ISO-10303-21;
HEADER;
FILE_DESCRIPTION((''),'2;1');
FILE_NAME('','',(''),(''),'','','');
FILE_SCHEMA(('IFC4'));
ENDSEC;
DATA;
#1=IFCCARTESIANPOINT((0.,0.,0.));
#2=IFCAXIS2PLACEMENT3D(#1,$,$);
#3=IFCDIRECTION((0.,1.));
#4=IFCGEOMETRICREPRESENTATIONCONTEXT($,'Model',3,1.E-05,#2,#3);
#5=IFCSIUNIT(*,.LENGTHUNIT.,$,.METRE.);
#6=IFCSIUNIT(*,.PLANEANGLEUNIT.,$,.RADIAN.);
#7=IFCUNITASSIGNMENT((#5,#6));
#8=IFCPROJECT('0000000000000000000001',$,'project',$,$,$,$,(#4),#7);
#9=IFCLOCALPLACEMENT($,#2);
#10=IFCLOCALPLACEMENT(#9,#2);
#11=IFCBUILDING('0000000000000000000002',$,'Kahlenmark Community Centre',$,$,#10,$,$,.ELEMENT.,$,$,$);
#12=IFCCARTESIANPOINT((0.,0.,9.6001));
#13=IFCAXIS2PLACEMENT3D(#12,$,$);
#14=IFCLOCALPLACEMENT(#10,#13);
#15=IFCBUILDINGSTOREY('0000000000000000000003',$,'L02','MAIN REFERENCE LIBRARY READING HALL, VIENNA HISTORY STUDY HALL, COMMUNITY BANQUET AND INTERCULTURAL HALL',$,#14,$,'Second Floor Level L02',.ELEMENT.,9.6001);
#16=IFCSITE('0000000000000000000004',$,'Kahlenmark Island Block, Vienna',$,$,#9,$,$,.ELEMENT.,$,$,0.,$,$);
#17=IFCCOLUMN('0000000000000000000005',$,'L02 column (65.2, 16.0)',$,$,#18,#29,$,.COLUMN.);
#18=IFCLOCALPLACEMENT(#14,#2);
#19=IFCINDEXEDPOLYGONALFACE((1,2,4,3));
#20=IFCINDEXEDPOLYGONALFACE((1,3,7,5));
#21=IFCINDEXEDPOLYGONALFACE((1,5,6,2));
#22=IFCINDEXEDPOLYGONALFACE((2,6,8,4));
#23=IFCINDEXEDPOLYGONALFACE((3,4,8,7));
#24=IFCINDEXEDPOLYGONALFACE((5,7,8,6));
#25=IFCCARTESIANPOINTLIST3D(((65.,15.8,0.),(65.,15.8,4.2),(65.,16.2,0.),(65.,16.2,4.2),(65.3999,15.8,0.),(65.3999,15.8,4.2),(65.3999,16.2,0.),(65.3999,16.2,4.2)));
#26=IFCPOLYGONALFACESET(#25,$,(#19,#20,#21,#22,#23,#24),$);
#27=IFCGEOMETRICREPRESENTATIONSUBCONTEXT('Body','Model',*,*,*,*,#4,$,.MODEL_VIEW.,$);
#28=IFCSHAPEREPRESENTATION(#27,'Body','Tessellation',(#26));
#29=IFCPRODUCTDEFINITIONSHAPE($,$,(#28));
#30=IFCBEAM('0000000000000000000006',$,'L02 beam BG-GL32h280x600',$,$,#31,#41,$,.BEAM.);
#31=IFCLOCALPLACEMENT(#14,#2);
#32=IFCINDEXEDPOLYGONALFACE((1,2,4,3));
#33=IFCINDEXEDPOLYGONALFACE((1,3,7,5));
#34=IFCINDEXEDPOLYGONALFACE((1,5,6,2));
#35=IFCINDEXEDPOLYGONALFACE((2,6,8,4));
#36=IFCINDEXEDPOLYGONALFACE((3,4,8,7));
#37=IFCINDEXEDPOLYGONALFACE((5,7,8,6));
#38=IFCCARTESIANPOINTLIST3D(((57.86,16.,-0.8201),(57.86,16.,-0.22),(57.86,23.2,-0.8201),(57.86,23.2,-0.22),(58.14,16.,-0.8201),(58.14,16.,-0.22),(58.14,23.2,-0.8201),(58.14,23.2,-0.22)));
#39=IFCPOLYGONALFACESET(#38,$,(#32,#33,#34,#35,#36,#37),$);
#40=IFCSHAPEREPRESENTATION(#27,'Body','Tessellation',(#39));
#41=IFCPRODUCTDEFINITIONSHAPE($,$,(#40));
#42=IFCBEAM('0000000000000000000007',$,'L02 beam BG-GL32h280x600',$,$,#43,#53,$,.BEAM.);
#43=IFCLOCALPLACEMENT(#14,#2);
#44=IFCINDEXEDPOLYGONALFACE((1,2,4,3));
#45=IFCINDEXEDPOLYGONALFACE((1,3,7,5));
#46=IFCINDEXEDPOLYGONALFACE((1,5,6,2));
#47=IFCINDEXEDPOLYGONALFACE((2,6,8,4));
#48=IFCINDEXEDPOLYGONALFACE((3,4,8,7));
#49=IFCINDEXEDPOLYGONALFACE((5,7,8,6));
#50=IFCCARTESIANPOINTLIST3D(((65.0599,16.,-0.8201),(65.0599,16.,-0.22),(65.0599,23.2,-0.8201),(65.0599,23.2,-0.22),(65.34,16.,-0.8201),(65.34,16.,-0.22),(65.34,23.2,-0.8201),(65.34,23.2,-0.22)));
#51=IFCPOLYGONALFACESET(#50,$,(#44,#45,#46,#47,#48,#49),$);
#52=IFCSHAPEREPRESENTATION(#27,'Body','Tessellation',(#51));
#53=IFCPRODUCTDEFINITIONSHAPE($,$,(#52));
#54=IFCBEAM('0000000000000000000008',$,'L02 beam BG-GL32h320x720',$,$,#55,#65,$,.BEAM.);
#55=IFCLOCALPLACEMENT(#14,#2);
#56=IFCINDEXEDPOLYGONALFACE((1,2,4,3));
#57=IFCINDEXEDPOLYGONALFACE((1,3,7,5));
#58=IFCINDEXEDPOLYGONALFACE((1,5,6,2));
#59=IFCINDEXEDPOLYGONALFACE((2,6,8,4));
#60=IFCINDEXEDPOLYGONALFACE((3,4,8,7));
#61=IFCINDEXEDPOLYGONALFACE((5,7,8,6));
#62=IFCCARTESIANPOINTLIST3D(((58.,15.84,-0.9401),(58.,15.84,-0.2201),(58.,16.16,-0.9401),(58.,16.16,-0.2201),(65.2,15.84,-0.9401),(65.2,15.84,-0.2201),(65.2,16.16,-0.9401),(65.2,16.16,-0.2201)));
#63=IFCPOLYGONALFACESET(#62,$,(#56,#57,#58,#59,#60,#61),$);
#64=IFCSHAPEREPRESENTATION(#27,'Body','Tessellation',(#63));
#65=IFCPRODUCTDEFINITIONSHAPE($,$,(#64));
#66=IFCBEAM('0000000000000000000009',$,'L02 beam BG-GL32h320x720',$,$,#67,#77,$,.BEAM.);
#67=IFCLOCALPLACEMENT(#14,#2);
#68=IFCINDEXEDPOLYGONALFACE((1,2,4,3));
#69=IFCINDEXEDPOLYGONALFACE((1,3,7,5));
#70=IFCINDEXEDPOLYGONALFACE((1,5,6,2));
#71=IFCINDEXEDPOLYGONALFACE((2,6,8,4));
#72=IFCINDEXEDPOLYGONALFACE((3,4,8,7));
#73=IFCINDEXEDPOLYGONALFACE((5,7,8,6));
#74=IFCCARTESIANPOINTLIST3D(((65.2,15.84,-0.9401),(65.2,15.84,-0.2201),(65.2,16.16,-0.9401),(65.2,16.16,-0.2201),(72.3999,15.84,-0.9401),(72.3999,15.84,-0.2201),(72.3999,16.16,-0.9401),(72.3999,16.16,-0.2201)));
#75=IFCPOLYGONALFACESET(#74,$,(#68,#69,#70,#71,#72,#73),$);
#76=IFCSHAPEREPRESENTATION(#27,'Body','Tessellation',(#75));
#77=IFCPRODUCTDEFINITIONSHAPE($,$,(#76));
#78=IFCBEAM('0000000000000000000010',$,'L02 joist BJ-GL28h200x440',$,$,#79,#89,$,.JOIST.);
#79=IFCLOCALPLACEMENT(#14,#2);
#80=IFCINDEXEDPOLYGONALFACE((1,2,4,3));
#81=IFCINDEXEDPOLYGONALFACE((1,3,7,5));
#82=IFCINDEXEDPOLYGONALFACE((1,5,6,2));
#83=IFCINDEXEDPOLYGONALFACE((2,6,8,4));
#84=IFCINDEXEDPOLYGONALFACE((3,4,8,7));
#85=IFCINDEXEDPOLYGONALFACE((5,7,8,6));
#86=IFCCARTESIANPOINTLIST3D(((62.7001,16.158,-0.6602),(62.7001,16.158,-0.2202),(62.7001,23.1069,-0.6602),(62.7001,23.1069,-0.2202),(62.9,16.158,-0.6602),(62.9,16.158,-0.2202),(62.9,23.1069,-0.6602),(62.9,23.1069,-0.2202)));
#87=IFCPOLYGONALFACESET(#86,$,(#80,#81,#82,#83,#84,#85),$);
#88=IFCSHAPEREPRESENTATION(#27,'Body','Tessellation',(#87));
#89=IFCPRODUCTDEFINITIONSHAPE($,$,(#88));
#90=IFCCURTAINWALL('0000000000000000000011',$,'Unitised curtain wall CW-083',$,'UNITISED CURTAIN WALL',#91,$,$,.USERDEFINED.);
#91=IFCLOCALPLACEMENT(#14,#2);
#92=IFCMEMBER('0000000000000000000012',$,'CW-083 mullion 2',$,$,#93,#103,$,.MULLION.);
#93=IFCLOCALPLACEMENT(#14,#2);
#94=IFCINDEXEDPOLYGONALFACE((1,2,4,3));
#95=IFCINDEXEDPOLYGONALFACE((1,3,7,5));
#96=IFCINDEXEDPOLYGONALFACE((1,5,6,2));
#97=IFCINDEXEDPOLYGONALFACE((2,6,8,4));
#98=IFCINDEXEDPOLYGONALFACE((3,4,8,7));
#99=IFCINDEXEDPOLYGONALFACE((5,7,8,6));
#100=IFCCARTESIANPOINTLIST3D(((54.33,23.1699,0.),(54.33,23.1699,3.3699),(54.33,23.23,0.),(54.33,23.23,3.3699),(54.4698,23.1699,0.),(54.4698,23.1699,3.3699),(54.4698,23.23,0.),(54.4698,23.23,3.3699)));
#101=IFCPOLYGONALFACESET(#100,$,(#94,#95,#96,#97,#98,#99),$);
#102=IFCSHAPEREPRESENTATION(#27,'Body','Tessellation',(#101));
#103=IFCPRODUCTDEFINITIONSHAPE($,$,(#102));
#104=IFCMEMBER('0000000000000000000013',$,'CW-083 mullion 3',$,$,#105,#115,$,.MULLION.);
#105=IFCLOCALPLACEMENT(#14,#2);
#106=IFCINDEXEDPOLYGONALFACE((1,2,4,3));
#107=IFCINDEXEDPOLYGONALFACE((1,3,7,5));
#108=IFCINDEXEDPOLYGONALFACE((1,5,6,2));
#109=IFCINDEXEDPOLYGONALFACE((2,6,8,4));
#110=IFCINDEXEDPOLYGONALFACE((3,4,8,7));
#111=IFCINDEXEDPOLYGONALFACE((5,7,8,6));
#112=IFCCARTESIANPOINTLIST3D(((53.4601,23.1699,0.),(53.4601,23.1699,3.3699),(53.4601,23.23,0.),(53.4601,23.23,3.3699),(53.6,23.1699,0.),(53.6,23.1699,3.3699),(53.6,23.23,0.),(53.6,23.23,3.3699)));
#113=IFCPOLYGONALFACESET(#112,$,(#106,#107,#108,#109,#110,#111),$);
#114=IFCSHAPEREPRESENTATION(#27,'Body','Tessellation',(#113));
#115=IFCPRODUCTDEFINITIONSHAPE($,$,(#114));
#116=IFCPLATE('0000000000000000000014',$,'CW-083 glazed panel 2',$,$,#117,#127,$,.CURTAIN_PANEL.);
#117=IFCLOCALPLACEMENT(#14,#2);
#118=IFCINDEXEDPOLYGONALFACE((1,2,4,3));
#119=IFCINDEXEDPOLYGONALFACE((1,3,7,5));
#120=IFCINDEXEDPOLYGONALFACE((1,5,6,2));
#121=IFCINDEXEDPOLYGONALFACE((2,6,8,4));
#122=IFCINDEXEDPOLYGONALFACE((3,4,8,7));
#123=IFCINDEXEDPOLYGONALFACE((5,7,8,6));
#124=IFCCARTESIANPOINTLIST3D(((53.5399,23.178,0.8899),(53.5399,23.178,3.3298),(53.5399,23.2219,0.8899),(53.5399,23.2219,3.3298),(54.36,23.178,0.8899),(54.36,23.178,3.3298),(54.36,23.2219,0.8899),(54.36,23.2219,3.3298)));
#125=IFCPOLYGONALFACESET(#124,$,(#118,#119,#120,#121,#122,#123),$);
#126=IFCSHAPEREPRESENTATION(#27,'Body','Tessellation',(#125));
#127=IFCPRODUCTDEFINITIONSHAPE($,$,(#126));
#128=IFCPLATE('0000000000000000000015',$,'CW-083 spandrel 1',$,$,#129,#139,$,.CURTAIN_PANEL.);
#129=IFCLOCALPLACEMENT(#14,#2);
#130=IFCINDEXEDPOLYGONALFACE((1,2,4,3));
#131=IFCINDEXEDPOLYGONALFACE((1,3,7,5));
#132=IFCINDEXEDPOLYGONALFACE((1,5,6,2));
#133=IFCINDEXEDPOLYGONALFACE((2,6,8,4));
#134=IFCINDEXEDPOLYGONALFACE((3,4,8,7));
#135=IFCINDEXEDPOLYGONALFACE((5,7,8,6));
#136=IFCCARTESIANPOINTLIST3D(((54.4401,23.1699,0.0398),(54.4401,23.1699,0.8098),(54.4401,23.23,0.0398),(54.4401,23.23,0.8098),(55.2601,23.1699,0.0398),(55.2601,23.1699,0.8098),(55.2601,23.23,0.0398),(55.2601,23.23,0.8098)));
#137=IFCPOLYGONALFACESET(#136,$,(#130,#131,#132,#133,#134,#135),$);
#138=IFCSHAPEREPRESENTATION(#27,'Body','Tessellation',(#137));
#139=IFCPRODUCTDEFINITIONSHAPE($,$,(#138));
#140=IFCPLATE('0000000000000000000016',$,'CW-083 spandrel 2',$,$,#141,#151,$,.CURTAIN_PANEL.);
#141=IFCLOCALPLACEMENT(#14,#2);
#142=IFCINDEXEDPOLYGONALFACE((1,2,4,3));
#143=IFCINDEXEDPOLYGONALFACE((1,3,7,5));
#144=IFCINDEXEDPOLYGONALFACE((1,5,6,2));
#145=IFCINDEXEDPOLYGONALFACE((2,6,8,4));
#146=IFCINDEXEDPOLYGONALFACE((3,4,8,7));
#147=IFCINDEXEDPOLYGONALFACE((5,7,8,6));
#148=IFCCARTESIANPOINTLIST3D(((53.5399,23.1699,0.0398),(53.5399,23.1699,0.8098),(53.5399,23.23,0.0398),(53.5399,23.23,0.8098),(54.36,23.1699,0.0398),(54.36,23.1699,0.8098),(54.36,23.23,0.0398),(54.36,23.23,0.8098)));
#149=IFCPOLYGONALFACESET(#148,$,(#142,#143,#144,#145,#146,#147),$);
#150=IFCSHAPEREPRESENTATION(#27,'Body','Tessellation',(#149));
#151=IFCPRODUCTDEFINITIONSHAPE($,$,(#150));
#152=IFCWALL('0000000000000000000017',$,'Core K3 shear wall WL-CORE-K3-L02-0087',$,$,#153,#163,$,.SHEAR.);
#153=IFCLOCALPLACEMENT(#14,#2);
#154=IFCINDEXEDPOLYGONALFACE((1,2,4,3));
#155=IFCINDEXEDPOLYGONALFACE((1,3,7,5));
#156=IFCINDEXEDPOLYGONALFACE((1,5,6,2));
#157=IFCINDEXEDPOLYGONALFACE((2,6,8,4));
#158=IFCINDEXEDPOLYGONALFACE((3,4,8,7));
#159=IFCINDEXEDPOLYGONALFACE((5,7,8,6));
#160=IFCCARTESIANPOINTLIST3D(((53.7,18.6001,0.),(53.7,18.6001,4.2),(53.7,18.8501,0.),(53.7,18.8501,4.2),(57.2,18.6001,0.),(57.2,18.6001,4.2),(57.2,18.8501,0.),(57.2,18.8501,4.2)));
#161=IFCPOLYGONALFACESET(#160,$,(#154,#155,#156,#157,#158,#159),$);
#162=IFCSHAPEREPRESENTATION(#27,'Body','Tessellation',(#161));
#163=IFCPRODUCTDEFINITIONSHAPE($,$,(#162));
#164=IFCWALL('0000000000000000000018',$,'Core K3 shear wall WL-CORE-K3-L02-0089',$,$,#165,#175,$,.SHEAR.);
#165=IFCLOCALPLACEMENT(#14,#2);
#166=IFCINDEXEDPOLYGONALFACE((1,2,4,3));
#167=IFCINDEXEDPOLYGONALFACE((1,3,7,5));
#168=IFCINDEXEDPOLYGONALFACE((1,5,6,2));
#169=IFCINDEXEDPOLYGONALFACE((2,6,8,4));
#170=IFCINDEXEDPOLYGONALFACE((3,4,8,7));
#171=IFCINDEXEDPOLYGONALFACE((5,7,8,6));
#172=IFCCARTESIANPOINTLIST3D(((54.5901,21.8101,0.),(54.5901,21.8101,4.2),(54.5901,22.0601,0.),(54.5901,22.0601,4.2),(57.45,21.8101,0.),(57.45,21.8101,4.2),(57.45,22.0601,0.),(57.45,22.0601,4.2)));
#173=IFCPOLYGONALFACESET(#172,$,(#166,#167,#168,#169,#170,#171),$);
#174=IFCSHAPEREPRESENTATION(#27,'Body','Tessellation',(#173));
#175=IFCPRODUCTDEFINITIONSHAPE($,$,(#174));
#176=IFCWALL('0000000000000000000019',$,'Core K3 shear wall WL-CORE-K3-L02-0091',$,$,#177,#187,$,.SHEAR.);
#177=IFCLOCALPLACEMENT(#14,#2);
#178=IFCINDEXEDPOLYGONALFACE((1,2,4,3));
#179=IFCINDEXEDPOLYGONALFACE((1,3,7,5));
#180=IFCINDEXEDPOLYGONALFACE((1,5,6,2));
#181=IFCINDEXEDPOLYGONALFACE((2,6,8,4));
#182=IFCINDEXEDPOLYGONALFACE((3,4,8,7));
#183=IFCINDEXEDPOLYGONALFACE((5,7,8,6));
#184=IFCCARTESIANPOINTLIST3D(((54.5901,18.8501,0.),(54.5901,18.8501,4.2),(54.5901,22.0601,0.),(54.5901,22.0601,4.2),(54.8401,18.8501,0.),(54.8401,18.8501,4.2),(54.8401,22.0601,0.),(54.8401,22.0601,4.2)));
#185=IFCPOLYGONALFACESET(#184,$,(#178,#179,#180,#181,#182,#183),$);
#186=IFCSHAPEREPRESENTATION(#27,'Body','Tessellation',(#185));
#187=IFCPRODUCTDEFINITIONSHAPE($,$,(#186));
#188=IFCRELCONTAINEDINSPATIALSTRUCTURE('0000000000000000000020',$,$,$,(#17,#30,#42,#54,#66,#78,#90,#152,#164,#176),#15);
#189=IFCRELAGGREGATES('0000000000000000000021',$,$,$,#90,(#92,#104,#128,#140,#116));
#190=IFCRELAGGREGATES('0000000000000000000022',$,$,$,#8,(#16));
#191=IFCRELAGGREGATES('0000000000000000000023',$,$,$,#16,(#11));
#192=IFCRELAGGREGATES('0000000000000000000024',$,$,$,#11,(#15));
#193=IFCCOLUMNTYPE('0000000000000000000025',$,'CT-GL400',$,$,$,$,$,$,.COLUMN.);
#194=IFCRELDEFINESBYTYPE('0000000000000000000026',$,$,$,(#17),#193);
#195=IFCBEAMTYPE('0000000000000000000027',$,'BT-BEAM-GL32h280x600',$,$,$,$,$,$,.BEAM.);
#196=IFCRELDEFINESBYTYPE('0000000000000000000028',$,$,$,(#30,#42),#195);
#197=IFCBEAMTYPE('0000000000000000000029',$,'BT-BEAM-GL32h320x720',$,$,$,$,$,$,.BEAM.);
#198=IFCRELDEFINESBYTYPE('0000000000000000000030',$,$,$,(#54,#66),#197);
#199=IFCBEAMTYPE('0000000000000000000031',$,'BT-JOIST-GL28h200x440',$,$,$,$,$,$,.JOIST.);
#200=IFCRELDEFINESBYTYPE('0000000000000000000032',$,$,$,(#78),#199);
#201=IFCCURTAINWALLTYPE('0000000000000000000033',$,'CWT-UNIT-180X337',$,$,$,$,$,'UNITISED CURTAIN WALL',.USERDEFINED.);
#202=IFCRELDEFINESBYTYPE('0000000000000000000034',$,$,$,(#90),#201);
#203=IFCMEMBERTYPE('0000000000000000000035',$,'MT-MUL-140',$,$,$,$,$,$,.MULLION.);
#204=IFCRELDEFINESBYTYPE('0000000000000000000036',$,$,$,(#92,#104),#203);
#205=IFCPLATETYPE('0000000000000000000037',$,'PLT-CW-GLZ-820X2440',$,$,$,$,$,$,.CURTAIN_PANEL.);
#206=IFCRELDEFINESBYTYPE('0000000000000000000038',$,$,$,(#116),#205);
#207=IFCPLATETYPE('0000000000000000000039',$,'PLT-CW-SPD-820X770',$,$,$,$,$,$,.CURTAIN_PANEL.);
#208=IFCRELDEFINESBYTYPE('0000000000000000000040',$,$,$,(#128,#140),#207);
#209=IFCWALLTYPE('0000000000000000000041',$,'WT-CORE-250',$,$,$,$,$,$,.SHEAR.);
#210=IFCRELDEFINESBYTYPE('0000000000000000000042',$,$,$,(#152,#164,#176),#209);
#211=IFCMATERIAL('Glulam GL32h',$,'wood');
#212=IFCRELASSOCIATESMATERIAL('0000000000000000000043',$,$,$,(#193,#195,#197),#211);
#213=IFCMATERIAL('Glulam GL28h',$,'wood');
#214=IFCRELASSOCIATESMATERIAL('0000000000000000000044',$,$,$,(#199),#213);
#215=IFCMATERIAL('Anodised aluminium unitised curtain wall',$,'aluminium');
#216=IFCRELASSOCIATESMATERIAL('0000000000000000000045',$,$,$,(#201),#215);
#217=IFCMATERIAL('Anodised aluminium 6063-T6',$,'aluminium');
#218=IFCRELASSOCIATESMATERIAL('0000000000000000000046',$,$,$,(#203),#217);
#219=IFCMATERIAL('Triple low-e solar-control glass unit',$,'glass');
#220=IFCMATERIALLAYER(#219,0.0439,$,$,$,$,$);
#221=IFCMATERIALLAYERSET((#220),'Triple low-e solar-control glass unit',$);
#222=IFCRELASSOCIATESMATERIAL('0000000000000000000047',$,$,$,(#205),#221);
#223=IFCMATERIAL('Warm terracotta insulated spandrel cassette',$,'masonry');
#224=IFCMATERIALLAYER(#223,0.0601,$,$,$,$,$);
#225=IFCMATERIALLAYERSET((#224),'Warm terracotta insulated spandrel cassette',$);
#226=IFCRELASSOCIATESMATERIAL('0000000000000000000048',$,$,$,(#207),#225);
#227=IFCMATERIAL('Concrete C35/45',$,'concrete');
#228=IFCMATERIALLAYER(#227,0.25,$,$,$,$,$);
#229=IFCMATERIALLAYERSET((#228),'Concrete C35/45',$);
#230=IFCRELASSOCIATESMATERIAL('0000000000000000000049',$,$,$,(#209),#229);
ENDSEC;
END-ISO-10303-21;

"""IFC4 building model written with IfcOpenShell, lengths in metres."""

from ifc_helpers import new_model, si_unit, direction, frame, frame_2d, origin, origin_2d, place, context, subcontext, project, spatial, rectangle, extrude, material, layer, layer_set, material_profile, profile_set, type_object, element, aggregate, save


model = new_model("IFC4")

# Units and contexts
model_context = context("Model", 3, precision=1e-05, world=origin(), true_north=direction((0.0, 1.0)))
body_context = subcontext(model_context, "Body", "Model", "MODEL_VIEW")
ifc_project = project(units=[si_unit("LENGTHUNIT", "METRE"), si_unit("PLANEANGLEUNIT", "RADIAN")], contexts=[model_context])

# Site, building, storey
site_placement = place(None, origin())
site = spatial("IfcSite", under=ifc_project, at=site_placement, Name="Kahlenmark Island Block, Vienna", CompositionType="ELEMENT", RefElevation=0.0)
building_placement = place(site_placement, origin())
building = spatial("IfcBuilding", under=site, at=building_placement, Name="Kahlenmark Community Centre", CompositionType="ELEMENT")
storey_placement = place(building_placement, frame((0.0, 0.0, 9.6001)))
storey = spatial("IfcBuildingStorey", under=building, at=storey_placement, Name="L02", Description="MAIN REFERENCE LIBRARY READING HALL, VIENNA HISTORY STUDY HALL, COMMUNITY BANQUET AND INTERCULTURAL HALL", LongName="Second Floor Level L02", CompositionType="ELEMENT", Elevation=9.6001)

# Column
ifc_material_1 = material(Name="Glulam GL32h", Category="wood")
ifc_material_profile_1 = material_profile(ifc_material_1, rectangle(XDim=0.3999, YDim=0.3999, at=origin_2d()), Name="GL32h 400x400")
ifc_profile_set_1 = profile_set([ifc_material_profile_1], Name="Glulam GL32h")
column_type = type_object("IfcColumnType", Name="CT-GL400", PredefinedType="COLUMN", material=ifc_profile_set_1)
column_placement = place(storey_placement, frame((65.2, 16.0, 0.0), z_axis=(0.0, 0.0, 1.0), x_axis=(1.0, 0.0, 0.0)))
element("IfcColumn", 1, at=column_placement, inside=storey, type_object=column_type, Name="L02 column (65.2, 16.0)", PredefinedType="COLUMN", context=body_context, shape_type="SweptSolid", body=[
    extrude(rectangle(XDim=0.3999, YDim=0.3999, at=origin_2d()), origin(), (0.0, 0.0, 1.0), 4.2),
])

# Beams
ifc_material_profile_2 = material_profile(ifc_material_1, rectangle(XDim=0.28, YDim=0.6001, at=origin_2d()), Name="GL32h 280x600")
ifc_profile_set_2 = profile_set([ifc_material_profile_2], Name="Glulam GL32h")
beam_type_1 = type_object("IfcBeamType", Name="BT-BEAM-GL32h280x600", PredefinedType="BEAM", material=ifc_profile_set_2)
for number, where, z_axis, x_axis, name in (
    (2, (58.0, 16.0, -0.52), (0.0, 1.0, 0.0), (-1.0, 0.0, 0.0), "L02 beam BG-GL32h280x600"),
    (3, (65.2, 16.0, -0.52), (0.0, 1.0, 0.0), (-1.0, 0.0, 0.0), "L02 beam BG-GL32h280x600"),
):
    element("IfcBeam", number, at=place(storey_placement, frame(where, z_axis=z_axis, x_axis=x_axis)), inside=storey, type_object=beam_type_1, Name=name, PredefinedType="BEAM", context=body_context, shape_type="SweptSolid", body=[
        extrude(rectangle(XDim=0.28, YDim=0.6001, at=origin_2d()), origin(), (0.0, 0.0, 1.0), 7.2),
    ])
ifc_material_profile_3 = material_profile(ifc_material_1, rectangle(XDim=0.3201, YDim=0.72, at=origin_2d()), Name="GL32h 320x720")
ifc_profile_set_3 = profile_set([ifc_material_profile_3], Name="Glulam GL32h")
beam_type_2 = type_object("IfcBeamType", Name="BT-BEAM-GL32h320x720", PredefinedType="BEAM", material=ifc_profile_set_3)
for number, where, z_axis, x_axis, name in (
    (4, (58.0, 16.0, -0.5801), (1.0, 0.0, 0.0), (0.0, 1.0, 0.0), "L02 beam BG-GL32h320x720"),
    (5, (65.2, 16.0, -0.5801), (1.0, 0.0, 0.0), (0.0, 1.0, 0.0), "L02 beam BG-GL32h320x720"),
):
    element("IfcBeam", number, at=place(storey_placement, frame(where, z_axis=z_axis, x_axis=x_axis)), inside=storey, type_object=beam_type_2, Name=name, PredefinedType="BEAM", context=body_context, shape_type="SweptSolid", body=[
        extrude(rectangle(XDim=0.3201, YDim=0.72, at=origin_2d()), origin(), (0.0, 0.0, 1.0), 7.2),
    ])
ifc_material_2 = material(Name="Glulam GL28h", Category="wood")
ifc_material_profile_4 = material_profile(ifc_material_2, rectangle(XDim=0.2, YDim=0.4399, at=origin_2d()), Name="GL28h 200x440")
ifc_profile_set_4 = profile_set([ifc_material_profile_4], Name="Glulam GL28h")
beam_type_3 = type_object("IfcBeamType", Name="BT-JOIST-GL28h200x440", PredefinedType="JOIST", material=ifc_profile_set_4)
beam_placement = place(storey_placement, frame((62.8, 16.158, -0.4402), z_axis=(0.0, 1.0, 0.0), x_axis=(-1.0, 0.0, 0.0)))
element("IfcBeam", 6, at=beam_placement, inside=storey, type_object=beam_type_3, Name="L02 joist BJ-GL28h200x440", PredefinedType="JOIST", context=body_context, shape_type="SweptSolid", body=[
    extrude(rectangle(XDim=0.2, YDim=0.4399, at=origin_2d()), origin(), (0.0, 0.0, 1.0), 6.949),
])

# Curtain wall, members, plates
ifc_material_3 = material(Name="Anodised aluminium unitised curtain wall", Category="aluminium")
curtain_wall_type = type_object("IfcCurtainWallType", Name="CWT-UNIT-180X337", ElementType="UNITISED CURTAIN WALL", PredefinedType="USERDEFINED", material=ifc_material_3)
curtain_wall_placement = place(storey_placement, origin())
curtain_wall = element("IfcCurtainWall", 7, at=curtain_wall_placement, inside=storey, type_object=curtain_wall_type, Name="Unitised curtain wall CW-083", ObjectType="UNITISED CURTAIN WALL", PredefinedType="USERDEFINED")
ifc_material_4 = material(Name="Anodised aluminium 6063-T6", Category="aluminium")
ifc_material_profile_5 = material_profile(ifc_material_4, rectangle(XDim=0.0601, YDim=0.1399, at=origin_2d()), Name="ALU MULLION 60x140")
ifc_profile_set_5 = profile_set([ifc_material_profile_5], Name="Anodised aluminium 6063-T6")
member_type = type_object("IfcMemberType", Name="MT-MUL-140", PredefinedType="MULLION", material=ifc_profile_set_5)
member_1_placement = place(storey_placement, frame((54.3999, 23.2, 0.0), z_axis=(0.0, 0.0, 1.0), x_axis=(0.0, -1.0, 0.0)))
member_1 = element("IfcMember", 8, at=member_1_placement, type_object=member_type, Name="CW-083 mullion 2", PredefinedType="MULLION", context=body_context, shape_type="SweptSolid", body=[
    extrude(rectangle(XDim=0.0601, YDim=0.1399, at=origin_2d()), origin(), (0.0, 0.0, 1.0), 3.3699),
])
member_2_placement = place(storey_placement, frame((53.53, 23.2, 0.0), z_axis=(0.0, 0.0, 1.0), x_axis=(0.0, -1.0, 0.0)))
member_2 = element("IfcMember", 9, at=member_2_placement, type_object=member_type, Name="CW-083 mullion 3", PredefinedType="MULLION", context=body_context, shape_type="SweptSolid", body=[
    extrude(rectangle(XDim=0.0601, YDim=0.1399, at=origin_2d()), origin(), (0.0, 0.0, 1.0), 3.3699),
])
ifc_material_5 = material(Name="Triple low-e solar-control glass unit", Category="glass")
ifc_layer_1 = layer(ifc_material_5, 0.0439)
ifc_layer_set_1 = layer_set([ifc_layer_1], Name="Triple low-e solar-control glass unit")
plate_type_1 = type_object("IfcPlateType", Name="PLT-CW-GLZ-820X2440", PredefinedType="CURTAIN_PANEL", material=ifc_layer_set_1)
plate_1_placement = place(storey_placement, frame((53.95, 23.2, 0.8899), z_axis=(0.0, 0.0, 1.0), x_axis=(-1.0, 0.0, 0.0)))
plate_1 = element("IfcPlate", 10, at=plate_1_placement, type_object=plate_type_1, Name="CW-083 glazed panel 2", PredefinedType="CURTAIN_PANEL", context=body_context, shape_type="SweptSolid", body=[
    extrude(rectangle(XDim=0.8201, YDim=0.0439, at=origin_2d()), origin(), (0.0, 0.0, 1.0), 2.4399),
])
ifc_material_6 = material(Name="Warm terracotta insulated spandrel cassette", Category="masonry")
ifc_layer_2 = layer(ifc_material_6, 0.0601)
ifc_layer_set_2 = layer_set([ifc_layer_2], Name="Warm terracotta insulated spandrel cassette")
plate_type_2 = type_object("IfcPlateType", Name="PLT-CW-SPD-820X770", PredefinedType="CURTAIN_PANEL", material=ifc_layer_set_2)
plate_2_placement = place(storey_placement, frame((54.8501, 23.2, 0.0398), z_axis=(0.0, 0.0, 1.0), x_axis=(-1.0, 0.0, 0.0)))
plate_2 = element("IfcPlate", 11, at=plate_2_placement, type_object=plate_type_2, Name="CW-083 spandrel 1", PredefinedType="CURTAIN_PANEL", context=body_context, shape_type="SweptSolid", body=[
    extrude(rectangle(XDim=0.8201, YDim=0.0601, at=origin_2d()), origin(), (0.0, 0.0, 1.0), 0.77),
])
plate_3_placement = place(storey_placement, frame((53.95, 23.2, 0.0398), z_axis=(0.0, 0.0, 1.0), x_axis=(-1.0, 0.0, 0.0)))
plate_3 = element("IfcPlate", 12, at=plate_3_placement, type_object=plate_type_2, Name="CW-083 spandrel 2", PredefinedType="CURTAIN_PANEL", context=body_context, shape_type="SweptSolid", body=[
    extrude(rectangle(XDim=0.8201, YDim=0.0601, at=origin_2d()), origin(), (0.0, 0.0, 1.0), 0.77),
])
aggregate(curtain_wall, [member_1, member_2, plate_2, plate_3, plate_1])

# Walls
ifc_material_7 = material(Name="Concrete C35/45", Category="concrete")
ifc_layer_3 = layer(ifc_material_7, 0.25)
ifc_layer_set_3 = layer_set([ifc_layer_3], Name="Concrete C35/45")
wall_type_1 = type_object("IfcWallType", Name="WT-CORE-250", PredefinedType="SHEAR", material=ifc_layer_set_3)
wall_1_placement = place(storey_placement, frame((57.2, 18.7251, 0.0), z_axis=(0.0, 0.0, 1.0), x_axis=(-1.0, 0.0, 0.0)))
element("IfcWall", 13, at=wall_1_placement, inside=storey, type_object=wall_type_1, Name="Core K3 shear wall WL-CORE-K3-L02-0087", PredefinedType="SHEAR", context=body_context, shape_type="SweptSolid", body=[
    extrude(rectangle(XDim=3.5, YDim=0.25, at=frame_2d((1.75, 0.0))), origin(), (0.0, 0.0, 1.0), 4.2),
])
wall_2_placement = place(storey_placement, frame((54.5901, 21.9351, 0.0), z_axis=(0.0, 0.0, 1.0), x_axis=(1.0, 0.0, 0.0)))
element("IfcWall", 14, at=wall_2_placement, inside=storey, type_object=wall_type_1, Name="Core K3 shear wall WL-CORE-K3-L02-0089", PredefinedType="SHEAR", context=body_context, shape_type="SweptSolid", body=[
    extrude(rectangle(XDim=2.8599, YDim=0.25, at=frame_2d((1.4299, 0.0))), origin(), (0.0, 0.0, 1.0), 4.2),
])

# Wall
wall_3_placement = place(storey_placement, frame((54.7151, 18.8501, 0.0), z_axis=(0.0, 0.0, 1.0), x_axis=(0.0, 1.0, 0.0)))
element("IfcWall", 15, at=wall_3_placement, inside=storey, type_object=wall_type_1, Name="Core K3 shear wall WL-CORE-K3-L02-0091", PredefinedType="SHEAR", context=body_context, shape_type="SweptSolid", body=[
    extrude(rectangle(XDim=3.21, YDim=0.25, at=frame_2d((1.605, 0.0))), origin(), (0.0, 0.0, 1.0), 4.2),
])

save(model, "model.ifc")
